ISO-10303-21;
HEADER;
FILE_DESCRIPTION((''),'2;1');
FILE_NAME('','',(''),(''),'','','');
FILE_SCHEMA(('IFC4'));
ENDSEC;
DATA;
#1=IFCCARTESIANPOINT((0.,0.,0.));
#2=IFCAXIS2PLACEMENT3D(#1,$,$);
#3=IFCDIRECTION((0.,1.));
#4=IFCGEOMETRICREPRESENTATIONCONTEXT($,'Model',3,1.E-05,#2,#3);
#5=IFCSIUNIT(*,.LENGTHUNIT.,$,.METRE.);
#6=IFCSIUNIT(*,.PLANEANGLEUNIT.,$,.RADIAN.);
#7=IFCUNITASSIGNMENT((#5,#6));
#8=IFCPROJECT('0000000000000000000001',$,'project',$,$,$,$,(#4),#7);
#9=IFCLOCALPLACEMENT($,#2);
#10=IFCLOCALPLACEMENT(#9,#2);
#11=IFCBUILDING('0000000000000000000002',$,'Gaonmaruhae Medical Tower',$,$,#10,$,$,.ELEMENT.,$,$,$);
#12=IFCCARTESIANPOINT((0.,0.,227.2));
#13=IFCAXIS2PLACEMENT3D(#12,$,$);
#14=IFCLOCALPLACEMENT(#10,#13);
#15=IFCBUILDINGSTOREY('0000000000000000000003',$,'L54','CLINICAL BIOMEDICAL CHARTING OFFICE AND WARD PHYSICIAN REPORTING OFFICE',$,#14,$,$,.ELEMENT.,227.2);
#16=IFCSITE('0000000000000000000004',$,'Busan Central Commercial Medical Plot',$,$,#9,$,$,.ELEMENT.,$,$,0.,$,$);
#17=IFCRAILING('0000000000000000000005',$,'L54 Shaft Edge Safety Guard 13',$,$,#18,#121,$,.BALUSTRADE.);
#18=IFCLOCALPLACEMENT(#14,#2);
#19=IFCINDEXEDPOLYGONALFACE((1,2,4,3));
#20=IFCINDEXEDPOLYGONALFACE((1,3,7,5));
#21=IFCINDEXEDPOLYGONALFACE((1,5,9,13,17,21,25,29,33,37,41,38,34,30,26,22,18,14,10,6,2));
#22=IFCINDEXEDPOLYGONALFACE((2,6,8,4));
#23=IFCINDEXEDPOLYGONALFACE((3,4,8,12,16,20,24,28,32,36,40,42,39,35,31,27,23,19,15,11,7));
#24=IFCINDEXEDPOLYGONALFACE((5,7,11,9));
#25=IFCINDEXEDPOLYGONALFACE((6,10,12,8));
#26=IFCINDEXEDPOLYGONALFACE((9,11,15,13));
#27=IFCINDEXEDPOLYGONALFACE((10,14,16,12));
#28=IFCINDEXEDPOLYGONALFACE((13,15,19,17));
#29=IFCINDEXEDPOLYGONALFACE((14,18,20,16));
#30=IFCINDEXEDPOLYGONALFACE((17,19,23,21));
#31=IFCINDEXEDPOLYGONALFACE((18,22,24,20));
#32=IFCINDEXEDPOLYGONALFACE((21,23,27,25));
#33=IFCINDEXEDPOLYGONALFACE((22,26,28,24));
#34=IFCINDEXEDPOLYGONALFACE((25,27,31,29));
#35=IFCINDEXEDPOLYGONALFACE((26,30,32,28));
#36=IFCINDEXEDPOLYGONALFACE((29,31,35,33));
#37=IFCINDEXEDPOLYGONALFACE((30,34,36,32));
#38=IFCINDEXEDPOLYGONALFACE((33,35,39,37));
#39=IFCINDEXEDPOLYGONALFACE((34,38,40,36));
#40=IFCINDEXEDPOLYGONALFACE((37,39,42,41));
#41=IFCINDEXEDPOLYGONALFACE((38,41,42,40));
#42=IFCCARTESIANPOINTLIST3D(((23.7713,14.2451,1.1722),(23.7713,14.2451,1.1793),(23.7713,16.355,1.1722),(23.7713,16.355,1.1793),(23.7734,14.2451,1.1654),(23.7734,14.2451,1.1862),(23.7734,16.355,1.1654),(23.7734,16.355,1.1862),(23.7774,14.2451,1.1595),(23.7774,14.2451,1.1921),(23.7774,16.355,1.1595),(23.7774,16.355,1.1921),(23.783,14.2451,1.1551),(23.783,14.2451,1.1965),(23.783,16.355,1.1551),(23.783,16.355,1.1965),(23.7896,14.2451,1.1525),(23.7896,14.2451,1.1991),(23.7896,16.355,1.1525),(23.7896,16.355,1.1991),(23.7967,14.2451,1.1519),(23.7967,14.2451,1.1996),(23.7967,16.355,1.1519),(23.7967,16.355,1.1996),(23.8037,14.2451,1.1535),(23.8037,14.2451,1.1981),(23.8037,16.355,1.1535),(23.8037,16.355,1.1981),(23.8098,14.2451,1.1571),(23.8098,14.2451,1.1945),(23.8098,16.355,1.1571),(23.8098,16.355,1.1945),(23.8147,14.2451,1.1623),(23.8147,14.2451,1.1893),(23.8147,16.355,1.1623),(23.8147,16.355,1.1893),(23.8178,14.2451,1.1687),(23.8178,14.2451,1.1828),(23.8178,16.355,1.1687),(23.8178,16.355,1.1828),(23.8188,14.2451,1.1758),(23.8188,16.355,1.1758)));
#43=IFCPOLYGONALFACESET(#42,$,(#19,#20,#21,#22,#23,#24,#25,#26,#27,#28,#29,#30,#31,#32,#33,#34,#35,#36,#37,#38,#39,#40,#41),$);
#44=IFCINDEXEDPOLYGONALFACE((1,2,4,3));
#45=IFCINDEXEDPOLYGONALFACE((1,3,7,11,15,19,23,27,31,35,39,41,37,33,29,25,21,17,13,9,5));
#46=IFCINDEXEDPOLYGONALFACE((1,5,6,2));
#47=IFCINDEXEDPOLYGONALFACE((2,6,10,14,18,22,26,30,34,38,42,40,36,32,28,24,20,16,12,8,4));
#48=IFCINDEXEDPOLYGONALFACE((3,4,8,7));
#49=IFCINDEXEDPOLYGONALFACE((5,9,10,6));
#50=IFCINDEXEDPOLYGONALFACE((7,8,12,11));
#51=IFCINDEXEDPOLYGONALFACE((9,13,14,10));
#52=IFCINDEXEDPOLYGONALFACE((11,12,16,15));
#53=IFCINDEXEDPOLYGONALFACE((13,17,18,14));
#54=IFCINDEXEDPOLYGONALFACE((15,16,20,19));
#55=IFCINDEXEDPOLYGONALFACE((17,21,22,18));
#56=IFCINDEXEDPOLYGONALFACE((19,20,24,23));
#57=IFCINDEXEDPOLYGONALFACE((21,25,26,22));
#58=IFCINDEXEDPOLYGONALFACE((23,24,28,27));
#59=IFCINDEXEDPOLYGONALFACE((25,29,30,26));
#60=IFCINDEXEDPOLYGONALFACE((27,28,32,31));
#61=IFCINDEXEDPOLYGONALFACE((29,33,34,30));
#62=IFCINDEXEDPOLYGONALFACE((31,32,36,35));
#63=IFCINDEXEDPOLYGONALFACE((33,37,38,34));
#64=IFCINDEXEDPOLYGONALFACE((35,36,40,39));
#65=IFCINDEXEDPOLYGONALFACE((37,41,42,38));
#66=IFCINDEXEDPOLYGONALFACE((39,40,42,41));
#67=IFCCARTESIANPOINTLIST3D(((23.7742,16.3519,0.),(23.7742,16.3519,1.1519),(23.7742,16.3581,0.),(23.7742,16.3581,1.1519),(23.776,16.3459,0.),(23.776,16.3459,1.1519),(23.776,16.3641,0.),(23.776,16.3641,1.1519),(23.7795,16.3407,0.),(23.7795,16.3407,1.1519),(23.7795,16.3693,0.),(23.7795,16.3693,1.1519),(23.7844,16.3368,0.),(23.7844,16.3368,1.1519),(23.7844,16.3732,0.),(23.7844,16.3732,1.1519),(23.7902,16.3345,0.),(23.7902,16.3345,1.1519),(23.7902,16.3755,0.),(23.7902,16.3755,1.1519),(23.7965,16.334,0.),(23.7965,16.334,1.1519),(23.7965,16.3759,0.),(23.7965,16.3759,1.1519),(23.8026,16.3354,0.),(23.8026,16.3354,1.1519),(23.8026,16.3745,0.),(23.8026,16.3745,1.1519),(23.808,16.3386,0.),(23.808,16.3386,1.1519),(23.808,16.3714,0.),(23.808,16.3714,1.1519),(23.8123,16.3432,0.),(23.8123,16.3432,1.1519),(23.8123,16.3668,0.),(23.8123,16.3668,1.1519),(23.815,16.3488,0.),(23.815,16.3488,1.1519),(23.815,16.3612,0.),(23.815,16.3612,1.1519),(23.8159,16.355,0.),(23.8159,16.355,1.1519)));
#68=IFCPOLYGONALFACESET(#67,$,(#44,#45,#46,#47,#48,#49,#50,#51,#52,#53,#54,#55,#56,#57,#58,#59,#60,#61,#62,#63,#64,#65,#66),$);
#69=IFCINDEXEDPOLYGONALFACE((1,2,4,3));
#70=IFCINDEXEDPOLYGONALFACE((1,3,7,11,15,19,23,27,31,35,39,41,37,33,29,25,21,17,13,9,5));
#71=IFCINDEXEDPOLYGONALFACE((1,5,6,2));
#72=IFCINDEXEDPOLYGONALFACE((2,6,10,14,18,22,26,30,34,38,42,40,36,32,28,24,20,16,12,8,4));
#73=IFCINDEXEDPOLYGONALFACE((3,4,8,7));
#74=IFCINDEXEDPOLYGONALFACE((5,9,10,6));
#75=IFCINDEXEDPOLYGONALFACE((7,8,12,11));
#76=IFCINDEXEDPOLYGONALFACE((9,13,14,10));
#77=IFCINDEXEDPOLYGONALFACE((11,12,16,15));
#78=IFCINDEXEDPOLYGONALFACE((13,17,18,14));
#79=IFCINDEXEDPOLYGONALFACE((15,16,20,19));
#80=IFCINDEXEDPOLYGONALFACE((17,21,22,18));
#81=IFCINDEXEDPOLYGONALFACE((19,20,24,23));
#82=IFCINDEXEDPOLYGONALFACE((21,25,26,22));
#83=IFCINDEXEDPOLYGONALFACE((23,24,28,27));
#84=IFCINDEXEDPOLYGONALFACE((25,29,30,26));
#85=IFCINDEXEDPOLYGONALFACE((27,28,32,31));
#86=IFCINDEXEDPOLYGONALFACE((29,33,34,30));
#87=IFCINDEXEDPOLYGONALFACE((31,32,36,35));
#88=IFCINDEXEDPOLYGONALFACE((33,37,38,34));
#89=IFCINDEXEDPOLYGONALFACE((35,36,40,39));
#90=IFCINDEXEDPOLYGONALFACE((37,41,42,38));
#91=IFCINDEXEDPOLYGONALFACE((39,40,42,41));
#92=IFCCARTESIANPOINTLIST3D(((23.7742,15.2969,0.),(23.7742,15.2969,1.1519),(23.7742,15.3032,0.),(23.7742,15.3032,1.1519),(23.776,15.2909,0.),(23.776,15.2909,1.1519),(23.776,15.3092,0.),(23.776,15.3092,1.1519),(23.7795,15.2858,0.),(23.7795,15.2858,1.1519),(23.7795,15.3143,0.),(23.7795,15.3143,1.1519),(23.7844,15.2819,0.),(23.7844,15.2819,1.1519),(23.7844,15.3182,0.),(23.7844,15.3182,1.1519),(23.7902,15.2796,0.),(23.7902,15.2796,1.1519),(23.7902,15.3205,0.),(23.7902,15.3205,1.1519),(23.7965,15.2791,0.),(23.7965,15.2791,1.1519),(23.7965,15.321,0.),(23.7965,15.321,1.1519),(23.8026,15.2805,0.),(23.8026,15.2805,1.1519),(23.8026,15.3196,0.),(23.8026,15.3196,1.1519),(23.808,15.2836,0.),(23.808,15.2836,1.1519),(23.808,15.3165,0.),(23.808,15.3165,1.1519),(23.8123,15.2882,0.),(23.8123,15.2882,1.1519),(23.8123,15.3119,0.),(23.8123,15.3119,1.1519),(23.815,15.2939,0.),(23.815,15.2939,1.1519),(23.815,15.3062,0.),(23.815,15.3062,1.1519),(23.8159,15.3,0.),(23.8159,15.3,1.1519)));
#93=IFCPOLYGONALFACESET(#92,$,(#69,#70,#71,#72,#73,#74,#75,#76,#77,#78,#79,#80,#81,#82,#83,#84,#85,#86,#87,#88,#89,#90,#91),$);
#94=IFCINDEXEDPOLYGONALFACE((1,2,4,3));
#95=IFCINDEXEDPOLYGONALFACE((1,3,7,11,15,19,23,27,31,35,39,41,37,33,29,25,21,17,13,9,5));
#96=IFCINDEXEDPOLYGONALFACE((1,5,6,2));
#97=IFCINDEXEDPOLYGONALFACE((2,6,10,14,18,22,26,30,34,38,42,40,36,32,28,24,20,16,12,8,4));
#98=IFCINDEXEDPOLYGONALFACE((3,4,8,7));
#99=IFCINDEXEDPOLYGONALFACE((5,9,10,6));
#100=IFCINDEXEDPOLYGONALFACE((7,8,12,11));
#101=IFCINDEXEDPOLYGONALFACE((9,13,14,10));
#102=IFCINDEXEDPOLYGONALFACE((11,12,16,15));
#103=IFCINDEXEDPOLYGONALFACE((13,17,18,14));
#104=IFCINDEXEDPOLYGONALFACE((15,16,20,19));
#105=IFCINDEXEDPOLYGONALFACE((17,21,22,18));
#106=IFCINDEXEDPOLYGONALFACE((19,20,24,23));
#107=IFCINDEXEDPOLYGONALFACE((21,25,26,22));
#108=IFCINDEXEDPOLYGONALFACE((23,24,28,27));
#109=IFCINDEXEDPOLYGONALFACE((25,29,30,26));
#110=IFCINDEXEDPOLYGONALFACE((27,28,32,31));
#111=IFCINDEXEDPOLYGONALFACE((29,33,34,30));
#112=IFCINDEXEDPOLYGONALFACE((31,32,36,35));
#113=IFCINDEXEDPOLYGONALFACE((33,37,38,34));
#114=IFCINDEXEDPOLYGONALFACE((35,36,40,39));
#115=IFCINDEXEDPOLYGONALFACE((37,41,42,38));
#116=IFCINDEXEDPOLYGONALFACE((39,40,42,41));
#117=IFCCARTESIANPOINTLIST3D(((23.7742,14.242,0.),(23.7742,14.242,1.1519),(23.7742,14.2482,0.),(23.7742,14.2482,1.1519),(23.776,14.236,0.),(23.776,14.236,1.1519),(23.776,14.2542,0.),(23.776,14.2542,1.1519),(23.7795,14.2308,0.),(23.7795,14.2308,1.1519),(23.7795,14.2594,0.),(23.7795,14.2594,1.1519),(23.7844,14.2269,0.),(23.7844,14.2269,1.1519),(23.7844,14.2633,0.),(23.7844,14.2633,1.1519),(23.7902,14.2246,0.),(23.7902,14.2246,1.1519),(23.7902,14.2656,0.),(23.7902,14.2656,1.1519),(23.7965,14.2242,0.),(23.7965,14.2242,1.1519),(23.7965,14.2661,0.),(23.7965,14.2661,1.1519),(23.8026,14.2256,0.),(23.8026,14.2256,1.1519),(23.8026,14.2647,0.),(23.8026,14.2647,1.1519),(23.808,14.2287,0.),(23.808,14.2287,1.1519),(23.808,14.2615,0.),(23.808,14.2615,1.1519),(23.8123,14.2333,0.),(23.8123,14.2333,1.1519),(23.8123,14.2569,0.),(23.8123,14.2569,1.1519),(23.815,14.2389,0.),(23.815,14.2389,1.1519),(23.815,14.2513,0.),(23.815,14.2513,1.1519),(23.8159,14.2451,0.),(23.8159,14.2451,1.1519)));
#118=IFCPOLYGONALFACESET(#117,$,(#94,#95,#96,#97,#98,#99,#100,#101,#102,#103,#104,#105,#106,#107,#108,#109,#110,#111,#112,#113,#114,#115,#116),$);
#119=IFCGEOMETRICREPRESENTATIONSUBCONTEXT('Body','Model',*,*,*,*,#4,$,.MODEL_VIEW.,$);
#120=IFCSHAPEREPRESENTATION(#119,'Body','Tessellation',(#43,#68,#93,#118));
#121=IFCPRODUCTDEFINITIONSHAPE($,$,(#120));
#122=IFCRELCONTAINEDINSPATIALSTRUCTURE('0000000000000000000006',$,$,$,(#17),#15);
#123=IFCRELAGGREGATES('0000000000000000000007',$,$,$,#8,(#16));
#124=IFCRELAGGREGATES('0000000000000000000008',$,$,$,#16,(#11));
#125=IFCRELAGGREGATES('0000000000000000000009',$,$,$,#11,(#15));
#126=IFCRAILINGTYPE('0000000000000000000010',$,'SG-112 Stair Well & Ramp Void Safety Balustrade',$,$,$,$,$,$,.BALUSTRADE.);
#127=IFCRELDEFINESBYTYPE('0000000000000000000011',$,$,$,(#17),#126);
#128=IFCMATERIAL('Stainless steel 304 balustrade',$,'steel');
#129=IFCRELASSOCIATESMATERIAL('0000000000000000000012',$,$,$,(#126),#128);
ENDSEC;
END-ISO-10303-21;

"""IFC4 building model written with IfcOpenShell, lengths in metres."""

from ifc_helpers import new_model, si_unit, direction, frame, origin, origin_2d, place, context, subcontext, project, spatial, circle, extrude, material, type_object, element, save


model = new_model("IFC4")

# Units and contexts
model_context = context("Model", 3, precision=1e-05, world=origin(), true_north=direction((0.0, 1.0)))
body_context = subcontext(model_context, "Body", "Model", "MODEL_VIEW")
ifc_project = project(units=[si_unit("LENGTHUNIT", "METRE"), si_unit("PLANEANGLEUNIT", "RADIAN")], contexts=[model_context])

# Site, building, storey
site_placement = place(None, origin())
site = spatial("IfcSite", under=ifc_project, at=site_placement, Name="Busan Central Commercial Medical Plot", CompositionType="ELEMENT", RefElevation=0.0)
building_placement = place(site_placement, origin())
building = spatial("IfcBuilding", under=site, at=building_placement, Name="Gaonmaruhae Medical Tower", CompositionType="ELEMENT")
storey_placement = place(building_placement, frame((0.0, 0.0, 227.2)))
storey = spatial("IfcBuildingStorey", under=building, at=storey_placement, Name="L54", Description="CLINICAL BIOMEDICAL CHARTING OFFICE AND WARD PHYSICIAN REPORTING OFFICE", CompositionType="ELEMENT", Elevation=227.2)

# Railing
ifc_material_1 = material(Name="Stainless steel 304 balustrade", Category="steel")
railing_type_1 = type_object("IfcRailingType", Name="SG-112 Stair Well & Ramp Void Safety Balustrade", PredefinedType="BALUSTRADE", material=ifc_material_1)
railing_1_placement = place(storey_placement, frame((23.7949, 16.355, 0.0)))
element("IfcRailing", 1, at=railing_1_placement, inside=storey, type_object=railing_type_1, Name="L54 Shaft Edge Safety Guard 13", PredefinedType="BALUSTRADE", context=body_context, shape_type="SweptSolid", body=[
    extrude(circle(Radius=0.0239, at=origin_2d()), frame((0.0, 0.0, 1.1758), z_axis=(0.0, -1.0, 0.0), x_axis=(1.0, 0.0, 0.0)), (0.0, 0.0, 1.0), 2.1099),
    extrude(circle(Radius=0.021, at=origin_2d()), origin(), (0.0, 0.0, 1.0), 1.1519),
    extrude(circle(Radius=0.021, at=origin_2d()), frame((0.0, -1.0549, 0.0)), (0.0, 0.0, 1.0), 1.1519),
    extrude(circle(Radius=0.021, at=origin_2d()), frame((0.0, -2.1099, 0.0)), (0.0, 0.0, 1.0), 1.1519),
])

save(model, "model.ifc")
